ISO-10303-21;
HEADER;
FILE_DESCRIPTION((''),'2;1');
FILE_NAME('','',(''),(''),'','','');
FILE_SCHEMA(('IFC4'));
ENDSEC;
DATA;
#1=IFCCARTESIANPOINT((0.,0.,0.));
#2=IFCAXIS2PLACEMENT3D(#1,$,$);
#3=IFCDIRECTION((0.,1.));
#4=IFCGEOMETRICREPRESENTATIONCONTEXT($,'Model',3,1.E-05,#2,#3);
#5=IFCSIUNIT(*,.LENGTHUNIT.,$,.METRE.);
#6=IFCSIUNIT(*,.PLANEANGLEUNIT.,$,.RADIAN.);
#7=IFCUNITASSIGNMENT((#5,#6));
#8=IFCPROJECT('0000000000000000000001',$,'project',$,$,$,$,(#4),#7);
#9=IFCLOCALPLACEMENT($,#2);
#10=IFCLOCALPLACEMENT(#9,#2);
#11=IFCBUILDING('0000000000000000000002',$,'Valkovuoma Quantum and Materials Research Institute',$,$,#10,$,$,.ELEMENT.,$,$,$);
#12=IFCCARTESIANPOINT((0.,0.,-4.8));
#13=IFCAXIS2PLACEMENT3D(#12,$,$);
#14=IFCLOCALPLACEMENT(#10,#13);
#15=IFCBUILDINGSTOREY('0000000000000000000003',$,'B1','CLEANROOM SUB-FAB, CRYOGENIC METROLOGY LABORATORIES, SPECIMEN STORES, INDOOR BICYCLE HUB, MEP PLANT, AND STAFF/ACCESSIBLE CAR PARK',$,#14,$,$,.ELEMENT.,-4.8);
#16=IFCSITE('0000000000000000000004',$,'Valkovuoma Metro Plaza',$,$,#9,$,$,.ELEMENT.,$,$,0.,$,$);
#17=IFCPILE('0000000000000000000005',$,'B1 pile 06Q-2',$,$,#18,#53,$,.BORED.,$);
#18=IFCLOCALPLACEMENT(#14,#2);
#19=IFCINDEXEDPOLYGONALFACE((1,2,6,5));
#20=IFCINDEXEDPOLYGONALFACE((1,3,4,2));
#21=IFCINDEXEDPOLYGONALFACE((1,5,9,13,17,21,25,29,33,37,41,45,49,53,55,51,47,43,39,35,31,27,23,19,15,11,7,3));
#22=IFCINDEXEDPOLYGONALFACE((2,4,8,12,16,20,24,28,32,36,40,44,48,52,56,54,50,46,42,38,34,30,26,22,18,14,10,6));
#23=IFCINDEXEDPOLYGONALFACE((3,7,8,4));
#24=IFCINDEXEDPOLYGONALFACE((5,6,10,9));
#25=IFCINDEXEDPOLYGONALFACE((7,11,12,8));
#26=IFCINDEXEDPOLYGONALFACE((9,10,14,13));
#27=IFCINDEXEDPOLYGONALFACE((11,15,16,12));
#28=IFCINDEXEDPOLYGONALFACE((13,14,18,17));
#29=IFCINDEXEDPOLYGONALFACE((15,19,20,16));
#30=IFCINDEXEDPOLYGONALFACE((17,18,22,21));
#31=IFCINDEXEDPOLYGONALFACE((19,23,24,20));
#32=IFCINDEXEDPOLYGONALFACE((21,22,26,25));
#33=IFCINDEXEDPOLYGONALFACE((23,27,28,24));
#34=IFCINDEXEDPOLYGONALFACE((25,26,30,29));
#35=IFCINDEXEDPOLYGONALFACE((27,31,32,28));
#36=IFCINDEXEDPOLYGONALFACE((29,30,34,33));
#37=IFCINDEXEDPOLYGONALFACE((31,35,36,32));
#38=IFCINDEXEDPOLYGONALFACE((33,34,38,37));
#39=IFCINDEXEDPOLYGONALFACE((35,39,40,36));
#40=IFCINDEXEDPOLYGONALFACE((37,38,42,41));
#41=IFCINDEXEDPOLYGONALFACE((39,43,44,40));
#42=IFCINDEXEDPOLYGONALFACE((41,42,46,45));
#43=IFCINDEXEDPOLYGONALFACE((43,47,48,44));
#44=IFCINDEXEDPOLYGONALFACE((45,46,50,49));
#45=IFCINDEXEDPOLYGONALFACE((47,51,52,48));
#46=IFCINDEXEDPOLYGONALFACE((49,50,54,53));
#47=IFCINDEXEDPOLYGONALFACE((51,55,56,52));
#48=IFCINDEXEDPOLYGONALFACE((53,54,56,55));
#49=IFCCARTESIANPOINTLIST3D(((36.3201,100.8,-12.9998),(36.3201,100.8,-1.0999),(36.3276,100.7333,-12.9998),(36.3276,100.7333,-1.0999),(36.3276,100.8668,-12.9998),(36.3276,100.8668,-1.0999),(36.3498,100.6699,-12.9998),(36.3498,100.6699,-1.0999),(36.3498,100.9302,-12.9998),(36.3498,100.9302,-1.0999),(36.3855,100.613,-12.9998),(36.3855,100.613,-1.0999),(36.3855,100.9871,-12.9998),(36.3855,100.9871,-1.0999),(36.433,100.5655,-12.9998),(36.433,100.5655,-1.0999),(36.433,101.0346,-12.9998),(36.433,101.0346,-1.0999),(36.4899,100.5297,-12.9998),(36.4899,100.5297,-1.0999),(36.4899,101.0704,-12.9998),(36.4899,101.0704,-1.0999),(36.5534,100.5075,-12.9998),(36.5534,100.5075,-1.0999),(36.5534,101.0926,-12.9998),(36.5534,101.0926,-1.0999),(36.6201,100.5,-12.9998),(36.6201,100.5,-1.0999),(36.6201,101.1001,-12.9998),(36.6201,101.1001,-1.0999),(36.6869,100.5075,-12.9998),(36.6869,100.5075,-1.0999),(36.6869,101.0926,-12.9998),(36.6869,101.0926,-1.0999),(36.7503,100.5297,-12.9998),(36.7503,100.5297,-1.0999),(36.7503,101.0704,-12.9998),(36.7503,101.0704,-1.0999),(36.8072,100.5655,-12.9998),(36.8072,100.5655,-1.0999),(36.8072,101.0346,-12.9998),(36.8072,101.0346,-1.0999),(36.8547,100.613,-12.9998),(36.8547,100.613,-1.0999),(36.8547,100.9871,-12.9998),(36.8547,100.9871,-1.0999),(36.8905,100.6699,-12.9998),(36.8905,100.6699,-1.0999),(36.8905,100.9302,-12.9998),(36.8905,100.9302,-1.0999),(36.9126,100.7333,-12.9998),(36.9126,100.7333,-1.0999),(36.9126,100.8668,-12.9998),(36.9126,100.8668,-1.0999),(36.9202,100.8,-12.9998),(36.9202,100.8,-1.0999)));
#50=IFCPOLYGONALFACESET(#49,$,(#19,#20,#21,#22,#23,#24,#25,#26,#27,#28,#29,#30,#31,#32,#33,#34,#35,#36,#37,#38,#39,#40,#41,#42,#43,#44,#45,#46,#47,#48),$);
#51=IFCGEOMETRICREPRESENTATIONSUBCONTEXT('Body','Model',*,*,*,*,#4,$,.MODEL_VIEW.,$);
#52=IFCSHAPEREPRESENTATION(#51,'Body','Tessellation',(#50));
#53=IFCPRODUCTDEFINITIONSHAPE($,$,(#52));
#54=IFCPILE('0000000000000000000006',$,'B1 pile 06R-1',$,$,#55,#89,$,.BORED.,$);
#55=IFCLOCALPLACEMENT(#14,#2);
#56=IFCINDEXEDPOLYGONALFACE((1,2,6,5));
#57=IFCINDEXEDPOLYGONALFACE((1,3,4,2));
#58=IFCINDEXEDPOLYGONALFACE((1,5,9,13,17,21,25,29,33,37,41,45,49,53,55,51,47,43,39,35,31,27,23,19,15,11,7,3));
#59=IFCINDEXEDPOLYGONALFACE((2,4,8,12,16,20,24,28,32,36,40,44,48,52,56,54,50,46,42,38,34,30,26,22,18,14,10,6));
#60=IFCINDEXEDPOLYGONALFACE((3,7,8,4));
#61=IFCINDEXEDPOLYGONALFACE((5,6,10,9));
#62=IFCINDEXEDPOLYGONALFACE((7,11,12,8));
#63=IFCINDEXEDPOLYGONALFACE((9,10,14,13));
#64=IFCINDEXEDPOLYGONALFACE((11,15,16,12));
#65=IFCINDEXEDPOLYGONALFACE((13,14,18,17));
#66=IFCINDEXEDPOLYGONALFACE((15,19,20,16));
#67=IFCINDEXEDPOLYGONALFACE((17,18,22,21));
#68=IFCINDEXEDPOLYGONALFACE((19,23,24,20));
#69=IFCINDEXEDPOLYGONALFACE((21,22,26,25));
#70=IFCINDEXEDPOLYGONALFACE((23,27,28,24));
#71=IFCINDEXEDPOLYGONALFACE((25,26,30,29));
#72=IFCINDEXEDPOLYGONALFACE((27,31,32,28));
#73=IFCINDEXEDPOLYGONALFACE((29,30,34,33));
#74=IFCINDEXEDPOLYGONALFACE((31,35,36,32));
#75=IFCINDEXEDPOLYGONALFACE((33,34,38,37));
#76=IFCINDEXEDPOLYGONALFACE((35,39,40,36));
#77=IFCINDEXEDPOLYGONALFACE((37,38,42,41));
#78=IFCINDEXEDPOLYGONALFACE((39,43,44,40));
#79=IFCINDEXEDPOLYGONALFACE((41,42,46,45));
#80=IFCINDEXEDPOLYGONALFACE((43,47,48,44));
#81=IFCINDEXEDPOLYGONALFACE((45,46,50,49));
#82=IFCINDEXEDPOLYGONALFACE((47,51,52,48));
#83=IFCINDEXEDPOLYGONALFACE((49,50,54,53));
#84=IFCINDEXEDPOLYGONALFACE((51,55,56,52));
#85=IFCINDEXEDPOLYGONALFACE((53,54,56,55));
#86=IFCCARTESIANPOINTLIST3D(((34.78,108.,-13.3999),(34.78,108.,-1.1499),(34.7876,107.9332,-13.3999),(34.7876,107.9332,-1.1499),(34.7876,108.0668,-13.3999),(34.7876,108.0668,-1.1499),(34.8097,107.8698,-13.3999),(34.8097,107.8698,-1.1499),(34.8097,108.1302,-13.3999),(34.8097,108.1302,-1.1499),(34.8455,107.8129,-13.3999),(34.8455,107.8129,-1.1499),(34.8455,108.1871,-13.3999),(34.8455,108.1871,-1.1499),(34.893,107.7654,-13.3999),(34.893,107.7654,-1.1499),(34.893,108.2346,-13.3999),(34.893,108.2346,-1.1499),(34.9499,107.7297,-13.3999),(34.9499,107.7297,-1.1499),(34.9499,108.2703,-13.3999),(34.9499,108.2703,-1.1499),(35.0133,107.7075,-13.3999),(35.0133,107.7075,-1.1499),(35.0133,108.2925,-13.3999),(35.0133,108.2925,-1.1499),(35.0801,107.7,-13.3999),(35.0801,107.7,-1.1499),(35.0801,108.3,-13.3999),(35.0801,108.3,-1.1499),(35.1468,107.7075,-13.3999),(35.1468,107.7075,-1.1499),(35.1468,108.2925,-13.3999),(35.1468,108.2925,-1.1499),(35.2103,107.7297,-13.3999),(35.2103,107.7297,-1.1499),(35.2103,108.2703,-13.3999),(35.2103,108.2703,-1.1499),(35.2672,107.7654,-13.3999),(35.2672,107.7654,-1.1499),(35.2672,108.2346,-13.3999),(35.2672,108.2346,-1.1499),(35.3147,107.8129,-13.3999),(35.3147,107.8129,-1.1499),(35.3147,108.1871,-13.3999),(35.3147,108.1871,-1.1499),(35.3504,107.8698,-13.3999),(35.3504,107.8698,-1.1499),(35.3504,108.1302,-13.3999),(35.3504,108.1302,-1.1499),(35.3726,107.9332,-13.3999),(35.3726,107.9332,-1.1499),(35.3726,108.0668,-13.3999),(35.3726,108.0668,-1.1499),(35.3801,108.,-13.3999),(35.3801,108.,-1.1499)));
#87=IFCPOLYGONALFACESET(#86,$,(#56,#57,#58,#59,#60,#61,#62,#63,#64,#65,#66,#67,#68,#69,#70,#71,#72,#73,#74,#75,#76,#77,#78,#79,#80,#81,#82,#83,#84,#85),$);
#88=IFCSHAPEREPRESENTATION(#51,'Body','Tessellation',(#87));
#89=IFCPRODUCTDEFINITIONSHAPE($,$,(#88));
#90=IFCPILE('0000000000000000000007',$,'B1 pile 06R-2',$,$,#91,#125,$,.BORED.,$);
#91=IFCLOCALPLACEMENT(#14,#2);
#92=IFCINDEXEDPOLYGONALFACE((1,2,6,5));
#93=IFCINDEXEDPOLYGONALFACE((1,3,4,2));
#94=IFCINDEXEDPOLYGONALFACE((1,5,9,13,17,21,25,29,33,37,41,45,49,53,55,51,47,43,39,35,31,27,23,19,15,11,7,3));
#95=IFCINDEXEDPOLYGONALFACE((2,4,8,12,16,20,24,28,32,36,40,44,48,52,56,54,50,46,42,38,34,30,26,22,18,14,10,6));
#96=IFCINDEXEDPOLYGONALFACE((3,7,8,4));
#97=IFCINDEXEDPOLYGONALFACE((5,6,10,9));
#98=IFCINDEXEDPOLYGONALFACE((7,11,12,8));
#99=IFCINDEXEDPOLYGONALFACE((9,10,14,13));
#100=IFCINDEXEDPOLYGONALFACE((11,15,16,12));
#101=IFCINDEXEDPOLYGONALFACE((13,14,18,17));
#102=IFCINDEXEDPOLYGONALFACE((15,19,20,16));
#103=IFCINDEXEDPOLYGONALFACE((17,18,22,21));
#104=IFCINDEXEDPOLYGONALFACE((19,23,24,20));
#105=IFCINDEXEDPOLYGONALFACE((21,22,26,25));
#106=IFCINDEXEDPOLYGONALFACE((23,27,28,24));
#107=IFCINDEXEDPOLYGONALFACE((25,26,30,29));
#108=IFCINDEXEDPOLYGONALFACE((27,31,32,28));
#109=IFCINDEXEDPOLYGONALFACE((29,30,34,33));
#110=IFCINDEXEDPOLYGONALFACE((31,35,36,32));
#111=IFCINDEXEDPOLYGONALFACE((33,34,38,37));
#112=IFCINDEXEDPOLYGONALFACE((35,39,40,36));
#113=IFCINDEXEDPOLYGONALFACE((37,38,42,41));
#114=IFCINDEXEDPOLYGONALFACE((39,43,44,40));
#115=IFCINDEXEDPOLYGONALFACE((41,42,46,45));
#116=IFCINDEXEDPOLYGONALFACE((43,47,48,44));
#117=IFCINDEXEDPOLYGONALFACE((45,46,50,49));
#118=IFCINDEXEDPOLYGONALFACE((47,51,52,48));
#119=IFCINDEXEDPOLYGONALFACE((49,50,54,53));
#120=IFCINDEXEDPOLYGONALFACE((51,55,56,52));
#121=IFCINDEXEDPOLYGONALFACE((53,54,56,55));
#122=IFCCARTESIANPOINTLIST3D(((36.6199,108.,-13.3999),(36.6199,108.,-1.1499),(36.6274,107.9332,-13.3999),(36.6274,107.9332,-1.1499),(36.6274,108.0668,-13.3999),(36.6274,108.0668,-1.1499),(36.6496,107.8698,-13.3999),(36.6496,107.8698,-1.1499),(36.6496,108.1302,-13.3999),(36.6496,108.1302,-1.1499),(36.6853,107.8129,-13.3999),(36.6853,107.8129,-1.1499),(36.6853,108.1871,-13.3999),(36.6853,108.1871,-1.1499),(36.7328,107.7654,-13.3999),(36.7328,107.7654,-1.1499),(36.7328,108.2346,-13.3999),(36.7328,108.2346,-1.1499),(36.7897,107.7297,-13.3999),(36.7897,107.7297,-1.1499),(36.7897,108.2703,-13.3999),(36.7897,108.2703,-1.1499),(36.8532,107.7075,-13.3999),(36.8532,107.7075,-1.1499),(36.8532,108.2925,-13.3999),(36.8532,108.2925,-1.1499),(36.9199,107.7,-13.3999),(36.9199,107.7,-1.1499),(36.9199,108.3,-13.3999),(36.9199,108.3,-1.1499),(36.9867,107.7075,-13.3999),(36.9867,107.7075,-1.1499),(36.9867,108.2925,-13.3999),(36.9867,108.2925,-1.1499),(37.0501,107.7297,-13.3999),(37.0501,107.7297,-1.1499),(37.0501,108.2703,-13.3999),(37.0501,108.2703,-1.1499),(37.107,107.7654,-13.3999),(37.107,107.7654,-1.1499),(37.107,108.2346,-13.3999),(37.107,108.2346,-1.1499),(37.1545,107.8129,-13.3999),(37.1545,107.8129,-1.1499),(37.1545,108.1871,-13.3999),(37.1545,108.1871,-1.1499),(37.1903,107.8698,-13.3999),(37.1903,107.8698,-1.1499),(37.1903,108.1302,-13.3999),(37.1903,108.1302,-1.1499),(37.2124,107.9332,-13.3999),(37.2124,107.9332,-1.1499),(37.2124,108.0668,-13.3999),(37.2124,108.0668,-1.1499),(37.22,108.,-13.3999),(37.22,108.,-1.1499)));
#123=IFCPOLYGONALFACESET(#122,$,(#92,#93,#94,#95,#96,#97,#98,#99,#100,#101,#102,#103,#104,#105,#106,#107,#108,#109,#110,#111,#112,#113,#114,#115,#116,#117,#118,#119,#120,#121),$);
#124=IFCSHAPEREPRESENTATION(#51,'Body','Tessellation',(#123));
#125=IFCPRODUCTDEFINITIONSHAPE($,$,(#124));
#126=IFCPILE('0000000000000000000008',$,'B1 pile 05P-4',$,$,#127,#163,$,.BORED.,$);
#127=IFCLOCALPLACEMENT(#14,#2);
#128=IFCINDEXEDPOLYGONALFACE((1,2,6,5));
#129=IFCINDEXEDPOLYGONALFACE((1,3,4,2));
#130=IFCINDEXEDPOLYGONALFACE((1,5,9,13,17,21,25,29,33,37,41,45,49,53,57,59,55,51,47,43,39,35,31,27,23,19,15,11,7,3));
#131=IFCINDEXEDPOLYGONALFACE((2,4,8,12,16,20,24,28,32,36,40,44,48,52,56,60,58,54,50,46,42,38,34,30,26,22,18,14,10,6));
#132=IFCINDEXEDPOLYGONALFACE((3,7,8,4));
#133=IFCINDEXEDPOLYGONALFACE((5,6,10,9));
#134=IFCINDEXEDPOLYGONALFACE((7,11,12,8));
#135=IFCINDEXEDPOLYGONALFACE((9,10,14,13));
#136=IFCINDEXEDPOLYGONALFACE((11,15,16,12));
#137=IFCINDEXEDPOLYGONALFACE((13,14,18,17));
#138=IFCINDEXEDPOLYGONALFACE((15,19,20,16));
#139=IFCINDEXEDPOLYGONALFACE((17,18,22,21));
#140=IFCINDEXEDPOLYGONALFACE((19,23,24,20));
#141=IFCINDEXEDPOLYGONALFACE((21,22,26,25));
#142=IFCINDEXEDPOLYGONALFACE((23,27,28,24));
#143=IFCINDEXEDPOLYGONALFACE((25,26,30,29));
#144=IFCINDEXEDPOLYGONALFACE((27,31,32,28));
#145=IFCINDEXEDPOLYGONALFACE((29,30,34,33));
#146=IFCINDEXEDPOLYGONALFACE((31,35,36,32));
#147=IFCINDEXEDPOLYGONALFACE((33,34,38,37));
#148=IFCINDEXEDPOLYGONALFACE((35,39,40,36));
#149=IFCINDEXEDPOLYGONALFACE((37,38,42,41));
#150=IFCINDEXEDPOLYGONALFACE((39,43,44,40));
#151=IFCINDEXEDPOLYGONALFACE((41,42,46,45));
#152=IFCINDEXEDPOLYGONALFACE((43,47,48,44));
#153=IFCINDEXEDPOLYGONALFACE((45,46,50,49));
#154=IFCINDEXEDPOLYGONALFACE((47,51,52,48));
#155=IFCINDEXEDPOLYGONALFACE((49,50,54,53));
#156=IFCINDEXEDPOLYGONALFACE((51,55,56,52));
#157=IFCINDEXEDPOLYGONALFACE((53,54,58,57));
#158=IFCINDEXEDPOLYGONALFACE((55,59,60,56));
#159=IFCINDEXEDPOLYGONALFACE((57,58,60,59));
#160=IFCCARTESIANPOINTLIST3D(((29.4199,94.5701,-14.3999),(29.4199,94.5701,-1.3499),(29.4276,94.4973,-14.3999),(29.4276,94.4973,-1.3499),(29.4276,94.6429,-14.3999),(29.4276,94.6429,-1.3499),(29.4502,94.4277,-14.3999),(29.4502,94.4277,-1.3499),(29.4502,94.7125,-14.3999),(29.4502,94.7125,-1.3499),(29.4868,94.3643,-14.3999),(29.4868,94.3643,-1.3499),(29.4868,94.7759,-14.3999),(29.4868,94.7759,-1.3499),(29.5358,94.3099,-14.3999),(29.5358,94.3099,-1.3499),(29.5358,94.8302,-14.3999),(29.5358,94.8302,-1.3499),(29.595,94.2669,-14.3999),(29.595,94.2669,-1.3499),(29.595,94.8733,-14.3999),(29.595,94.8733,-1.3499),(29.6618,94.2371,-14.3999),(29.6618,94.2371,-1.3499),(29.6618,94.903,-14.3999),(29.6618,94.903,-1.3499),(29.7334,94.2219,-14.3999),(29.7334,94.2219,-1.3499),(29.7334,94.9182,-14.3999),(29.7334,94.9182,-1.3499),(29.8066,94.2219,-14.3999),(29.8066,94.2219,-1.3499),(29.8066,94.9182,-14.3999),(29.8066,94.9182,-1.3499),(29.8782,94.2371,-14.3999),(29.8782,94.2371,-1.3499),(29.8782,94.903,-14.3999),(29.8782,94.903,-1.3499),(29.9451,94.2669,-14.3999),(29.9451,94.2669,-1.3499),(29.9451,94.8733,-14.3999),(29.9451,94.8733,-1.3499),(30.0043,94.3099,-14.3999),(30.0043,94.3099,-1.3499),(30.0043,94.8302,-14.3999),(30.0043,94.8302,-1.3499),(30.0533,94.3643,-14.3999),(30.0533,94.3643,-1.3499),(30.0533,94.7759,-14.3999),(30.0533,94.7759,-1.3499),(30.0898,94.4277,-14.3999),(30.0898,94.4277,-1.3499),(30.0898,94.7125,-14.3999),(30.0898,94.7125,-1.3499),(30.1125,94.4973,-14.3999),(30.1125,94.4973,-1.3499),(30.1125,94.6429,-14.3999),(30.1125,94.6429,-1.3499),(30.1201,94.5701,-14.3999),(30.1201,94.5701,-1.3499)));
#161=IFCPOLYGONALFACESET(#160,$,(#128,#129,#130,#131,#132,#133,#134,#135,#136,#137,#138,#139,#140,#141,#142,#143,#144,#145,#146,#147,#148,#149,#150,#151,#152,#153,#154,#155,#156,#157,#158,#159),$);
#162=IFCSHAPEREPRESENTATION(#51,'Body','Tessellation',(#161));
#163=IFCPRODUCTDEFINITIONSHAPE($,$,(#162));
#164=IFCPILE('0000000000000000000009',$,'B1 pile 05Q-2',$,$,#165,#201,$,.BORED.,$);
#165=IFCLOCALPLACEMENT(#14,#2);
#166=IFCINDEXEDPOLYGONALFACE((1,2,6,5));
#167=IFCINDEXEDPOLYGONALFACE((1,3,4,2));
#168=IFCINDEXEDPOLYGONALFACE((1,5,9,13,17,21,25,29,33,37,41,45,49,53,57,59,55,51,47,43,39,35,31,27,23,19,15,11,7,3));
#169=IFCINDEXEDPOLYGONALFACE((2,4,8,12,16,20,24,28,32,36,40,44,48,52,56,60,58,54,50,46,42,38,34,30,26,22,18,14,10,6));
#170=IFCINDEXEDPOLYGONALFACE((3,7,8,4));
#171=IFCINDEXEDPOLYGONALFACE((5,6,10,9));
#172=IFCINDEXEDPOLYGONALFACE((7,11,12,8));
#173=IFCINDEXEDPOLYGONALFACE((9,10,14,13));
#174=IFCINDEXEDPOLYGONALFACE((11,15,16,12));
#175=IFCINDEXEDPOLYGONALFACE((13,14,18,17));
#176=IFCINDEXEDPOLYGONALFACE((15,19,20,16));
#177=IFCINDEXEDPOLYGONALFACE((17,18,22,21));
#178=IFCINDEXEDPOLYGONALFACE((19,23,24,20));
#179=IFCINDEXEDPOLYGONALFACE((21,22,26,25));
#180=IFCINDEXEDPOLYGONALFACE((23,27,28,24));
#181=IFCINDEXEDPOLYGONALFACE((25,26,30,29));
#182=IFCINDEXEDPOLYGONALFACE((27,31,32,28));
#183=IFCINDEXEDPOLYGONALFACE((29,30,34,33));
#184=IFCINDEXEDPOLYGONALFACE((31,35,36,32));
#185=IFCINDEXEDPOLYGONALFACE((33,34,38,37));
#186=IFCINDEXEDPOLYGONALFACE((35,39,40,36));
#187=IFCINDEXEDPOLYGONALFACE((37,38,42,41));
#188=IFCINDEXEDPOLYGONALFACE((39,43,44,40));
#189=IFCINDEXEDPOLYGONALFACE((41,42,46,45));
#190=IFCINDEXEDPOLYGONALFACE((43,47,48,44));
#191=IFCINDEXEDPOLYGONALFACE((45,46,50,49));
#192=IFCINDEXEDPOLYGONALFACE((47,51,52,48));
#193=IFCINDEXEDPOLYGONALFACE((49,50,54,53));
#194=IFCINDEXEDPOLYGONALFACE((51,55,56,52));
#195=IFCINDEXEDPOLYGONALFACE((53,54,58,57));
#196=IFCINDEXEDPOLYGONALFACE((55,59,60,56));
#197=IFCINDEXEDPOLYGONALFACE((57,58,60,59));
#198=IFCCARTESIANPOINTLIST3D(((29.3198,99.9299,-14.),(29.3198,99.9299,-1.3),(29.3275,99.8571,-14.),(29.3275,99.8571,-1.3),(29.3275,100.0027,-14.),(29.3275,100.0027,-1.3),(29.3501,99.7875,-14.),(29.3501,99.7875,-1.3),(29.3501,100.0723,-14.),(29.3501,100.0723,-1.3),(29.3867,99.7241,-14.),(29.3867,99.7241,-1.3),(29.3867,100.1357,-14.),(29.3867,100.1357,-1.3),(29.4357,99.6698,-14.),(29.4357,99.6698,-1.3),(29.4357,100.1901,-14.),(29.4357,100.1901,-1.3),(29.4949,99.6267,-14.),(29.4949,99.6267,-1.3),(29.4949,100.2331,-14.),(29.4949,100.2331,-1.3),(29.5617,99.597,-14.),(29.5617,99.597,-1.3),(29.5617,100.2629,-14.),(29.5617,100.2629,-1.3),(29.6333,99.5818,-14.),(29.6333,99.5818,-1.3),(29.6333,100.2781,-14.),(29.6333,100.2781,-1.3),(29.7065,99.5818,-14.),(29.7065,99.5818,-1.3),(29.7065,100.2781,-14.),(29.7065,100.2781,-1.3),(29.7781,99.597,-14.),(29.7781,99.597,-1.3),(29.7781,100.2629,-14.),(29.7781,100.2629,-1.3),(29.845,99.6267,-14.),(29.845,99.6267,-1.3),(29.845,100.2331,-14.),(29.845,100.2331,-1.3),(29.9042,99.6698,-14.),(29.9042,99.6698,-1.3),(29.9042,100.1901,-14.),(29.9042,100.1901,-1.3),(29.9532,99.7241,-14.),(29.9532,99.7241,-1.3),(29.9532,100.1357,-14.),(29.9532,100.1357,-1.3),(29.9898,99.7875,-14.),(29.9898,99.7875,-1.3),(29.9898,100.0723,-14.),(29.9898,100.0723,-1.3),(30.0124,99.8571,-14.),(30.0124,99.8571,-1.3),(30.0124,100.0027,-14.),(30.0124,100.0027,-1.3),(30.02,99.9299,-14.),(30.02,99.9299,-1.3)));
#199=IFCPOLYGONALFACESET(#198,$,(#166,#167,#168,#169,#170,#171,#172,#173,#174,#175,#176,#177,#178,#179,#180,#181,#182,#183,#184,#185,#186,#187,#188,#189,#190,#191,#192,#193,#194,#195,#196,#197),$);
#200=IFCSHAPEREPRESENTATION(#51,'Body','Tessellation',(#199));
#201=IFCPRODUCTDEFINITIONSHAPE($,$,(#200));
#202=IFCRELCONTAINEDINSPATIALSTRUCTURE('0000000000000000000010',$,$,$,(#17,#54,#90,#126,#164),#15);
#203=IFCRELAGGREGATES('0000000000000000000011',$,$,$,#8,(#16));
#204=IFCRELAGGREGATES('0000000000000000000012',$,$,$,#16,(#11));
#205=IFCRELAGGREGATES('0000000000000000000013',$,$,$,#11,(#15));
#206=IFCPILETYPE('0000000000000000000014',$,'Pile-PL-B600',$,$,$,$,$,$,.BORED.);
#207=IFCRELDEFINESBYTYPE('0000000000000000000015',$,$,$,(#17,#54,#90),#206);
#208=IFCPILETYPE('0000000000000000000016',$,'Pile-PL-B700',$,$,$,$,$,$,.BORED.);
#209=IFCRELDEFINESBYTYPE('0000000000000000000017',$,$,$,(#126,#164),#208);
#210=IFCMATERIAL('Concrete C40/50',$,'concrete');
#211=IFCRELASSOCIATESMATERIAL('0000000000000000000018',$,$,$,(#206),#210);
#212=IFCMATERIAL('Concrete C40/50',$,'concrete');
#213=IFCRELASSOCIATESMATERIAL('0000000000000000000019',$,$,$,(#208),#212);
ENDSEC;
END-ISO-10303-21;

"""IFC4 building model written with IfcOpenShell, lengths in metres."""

from ifc_helpers import new_model, si_unit, direction, frame, origin, origin_2d, place, context, subcontext, project, spatial, circle, extrude, material, material_profile, profile_set, type_object, element, save


model = new_model("IFC4")

# Units and contexts
model_context = context("Model", 3, precision=1e-05, world=origin(), true_north=direction((0.0, 1.0)))
body_context = subcontext(model_context, "Body", "Model", "MODEL_VIEW")
ifc_project = project(units=[si_unit("LENGTHUNIT", "METRE"), si_unit("PLANEANGLEUNIT", "RADIAN")], contexts=[model_context])

# Site, building, storey
site_placement = place(None, origin())
site = spatial("IfcSite", under=ifc_project, at=site_placement, Name="Valkovuoma Metro Plaza", CompositionType="ELEMENT", RefElevation=0.0)
building_placement = place(site_placement, origin())
building = spatial("IfcBuilding", under=site, at=building_placement, Name="Valkovuoma Quantum and Materials Research Institute", CompositionType="ELEMENT")
storey_placement = place(building_placement, frame((0.0, 0.0, -4.8)))
storey = spatial("IfcBuildingStorey", under=building, at=storey_placement, Name="B1", Description="CLEANROOM SUB-FAB, CRYOGENIC METROLOGY LABORATORIES, SPECIMEN STORES, INDOOR BICYCLE HUB, MEP PLANT, AND STAFF/ACCESSIBLE CAR PARK", CompositionType="ELEMENT", Elevation=-4.8)

# Piles
ifc_material_1 = material(Name="Concrete C40/50", Category="concrete")
ifc_material_profile_1 = material_profile(ifc_material_1, circle(Radius=0.3, at=origin_2d()), Name="Concrete C40/50")
ifc_profile_set_1 = profile_set([ifc_material_profile_1], Name="Concrete C40/50")
pile_type_1 = type_object("IfcPileType", Name="Pile-PL-B600", PredefinedType="BORED", material=ifc_profile_set_1)
for number, where, z_axis, x_axis, name in (
    (1, (36.6201, 100.8, -1.0999), (0.0, 0.0, -1.0), (1.0, 0.0, 0.0), "B1 pile 06Q-2"),
):
    element("IfcPile", number, at=place(storey_placement, frame(where, z_axis=z_axis, x_axis=x_axis)), inside=storey, type_object=pile_type_1, Name=name, PredefinedType="BORED", context=body_context, shape_type="SweptSolid", body=[
        extrude(circle(Radius=0.3, at=origin_2d()), origin(), (0.0, 0.0, 1.0), 11.8999),
    ])
for number, where, z_axis, x_axis, name in (
    (2, (35.0801, 108.0, -1.1499), (0.0, 0.0, -1.0), (1.0, 0.0, 0.0), "B1 pile 06R-1"),
    (3, (36.9199, 108.0, -1.1499), (0.0, 0.0, -1.0), (1.0, 0.0, 0.0), "B1 pile 06R-2"),
):
    element("IfcPile", number, at=place(storey_placement, frame(where, z_axis=z_axis, x_axis=x_axis)), inside=storey, type_object=pile_type_1, Name=name, PredefinedType="BORED", context=body_context, shape_type="SweptSolid", body=[
        extrude(circle(Radius=0.3, at=origin_2d()), origin(), (0.0, 0.0, 1.0), 12.25),
    ])
ifc_material_2 = material(Name="Concrete C40/50", Category="concrete")
ifc_material_profile_2 = material_profile(ifc_material_2, circle(Radius=0.3501, at=origin_2d()), Name="Concrete C40/50")
ifc_profile_set_2 = profile_set([ifc_material_profile_2], Name="Concrete C40/50")
pile_type_2 = type_object("IfcPileType", Name="Pile-PL-B700", PredefinedType="BORED", material=ifc_profile_set_2)
pile_1_placement = place(storey_placement, frame((29.77, 94.5701, -1.3499), z_axis=(0.0, 0.0, -1.0), x_axis=(1.0, 0.0, 0.0)))
element("IfcPile", 4, at=pile_1_placement, inside=storey, type_object=pile_type_2, Name="B1 pile 05P-4", PredefinedType="BORED", context=body_context, shape_type="SweptSolid", body=[
    extrude(circle(Radius=0.3501, at=origin_2d()), origin(), (0.0, 0.0, 1.0), 13.05),
])
for number, where, z_axis, x_axis, name in (
    (5, (29.6699, 99.9299, -1.3), (0.0, 0.0, -1.0), (1.0, 0.0, 0.0), "B1 pile 05Q-2"),
):
    element("IfcPile", number, at=place(storey_placement, frame(where, z_axis=z_axis, x_axis=x_axis)), inside=storey, type_object=pile_type_2, Name=name, PredefinedType="BORED", context=body_context, shape_type="SweptSolid", body=[
        extrude(circle(Radius=0.3501, at=origin_2d()), origin(), (0.0, 0.0, 1.0), 12.7),
    ])

save(model, "model.ifc")
